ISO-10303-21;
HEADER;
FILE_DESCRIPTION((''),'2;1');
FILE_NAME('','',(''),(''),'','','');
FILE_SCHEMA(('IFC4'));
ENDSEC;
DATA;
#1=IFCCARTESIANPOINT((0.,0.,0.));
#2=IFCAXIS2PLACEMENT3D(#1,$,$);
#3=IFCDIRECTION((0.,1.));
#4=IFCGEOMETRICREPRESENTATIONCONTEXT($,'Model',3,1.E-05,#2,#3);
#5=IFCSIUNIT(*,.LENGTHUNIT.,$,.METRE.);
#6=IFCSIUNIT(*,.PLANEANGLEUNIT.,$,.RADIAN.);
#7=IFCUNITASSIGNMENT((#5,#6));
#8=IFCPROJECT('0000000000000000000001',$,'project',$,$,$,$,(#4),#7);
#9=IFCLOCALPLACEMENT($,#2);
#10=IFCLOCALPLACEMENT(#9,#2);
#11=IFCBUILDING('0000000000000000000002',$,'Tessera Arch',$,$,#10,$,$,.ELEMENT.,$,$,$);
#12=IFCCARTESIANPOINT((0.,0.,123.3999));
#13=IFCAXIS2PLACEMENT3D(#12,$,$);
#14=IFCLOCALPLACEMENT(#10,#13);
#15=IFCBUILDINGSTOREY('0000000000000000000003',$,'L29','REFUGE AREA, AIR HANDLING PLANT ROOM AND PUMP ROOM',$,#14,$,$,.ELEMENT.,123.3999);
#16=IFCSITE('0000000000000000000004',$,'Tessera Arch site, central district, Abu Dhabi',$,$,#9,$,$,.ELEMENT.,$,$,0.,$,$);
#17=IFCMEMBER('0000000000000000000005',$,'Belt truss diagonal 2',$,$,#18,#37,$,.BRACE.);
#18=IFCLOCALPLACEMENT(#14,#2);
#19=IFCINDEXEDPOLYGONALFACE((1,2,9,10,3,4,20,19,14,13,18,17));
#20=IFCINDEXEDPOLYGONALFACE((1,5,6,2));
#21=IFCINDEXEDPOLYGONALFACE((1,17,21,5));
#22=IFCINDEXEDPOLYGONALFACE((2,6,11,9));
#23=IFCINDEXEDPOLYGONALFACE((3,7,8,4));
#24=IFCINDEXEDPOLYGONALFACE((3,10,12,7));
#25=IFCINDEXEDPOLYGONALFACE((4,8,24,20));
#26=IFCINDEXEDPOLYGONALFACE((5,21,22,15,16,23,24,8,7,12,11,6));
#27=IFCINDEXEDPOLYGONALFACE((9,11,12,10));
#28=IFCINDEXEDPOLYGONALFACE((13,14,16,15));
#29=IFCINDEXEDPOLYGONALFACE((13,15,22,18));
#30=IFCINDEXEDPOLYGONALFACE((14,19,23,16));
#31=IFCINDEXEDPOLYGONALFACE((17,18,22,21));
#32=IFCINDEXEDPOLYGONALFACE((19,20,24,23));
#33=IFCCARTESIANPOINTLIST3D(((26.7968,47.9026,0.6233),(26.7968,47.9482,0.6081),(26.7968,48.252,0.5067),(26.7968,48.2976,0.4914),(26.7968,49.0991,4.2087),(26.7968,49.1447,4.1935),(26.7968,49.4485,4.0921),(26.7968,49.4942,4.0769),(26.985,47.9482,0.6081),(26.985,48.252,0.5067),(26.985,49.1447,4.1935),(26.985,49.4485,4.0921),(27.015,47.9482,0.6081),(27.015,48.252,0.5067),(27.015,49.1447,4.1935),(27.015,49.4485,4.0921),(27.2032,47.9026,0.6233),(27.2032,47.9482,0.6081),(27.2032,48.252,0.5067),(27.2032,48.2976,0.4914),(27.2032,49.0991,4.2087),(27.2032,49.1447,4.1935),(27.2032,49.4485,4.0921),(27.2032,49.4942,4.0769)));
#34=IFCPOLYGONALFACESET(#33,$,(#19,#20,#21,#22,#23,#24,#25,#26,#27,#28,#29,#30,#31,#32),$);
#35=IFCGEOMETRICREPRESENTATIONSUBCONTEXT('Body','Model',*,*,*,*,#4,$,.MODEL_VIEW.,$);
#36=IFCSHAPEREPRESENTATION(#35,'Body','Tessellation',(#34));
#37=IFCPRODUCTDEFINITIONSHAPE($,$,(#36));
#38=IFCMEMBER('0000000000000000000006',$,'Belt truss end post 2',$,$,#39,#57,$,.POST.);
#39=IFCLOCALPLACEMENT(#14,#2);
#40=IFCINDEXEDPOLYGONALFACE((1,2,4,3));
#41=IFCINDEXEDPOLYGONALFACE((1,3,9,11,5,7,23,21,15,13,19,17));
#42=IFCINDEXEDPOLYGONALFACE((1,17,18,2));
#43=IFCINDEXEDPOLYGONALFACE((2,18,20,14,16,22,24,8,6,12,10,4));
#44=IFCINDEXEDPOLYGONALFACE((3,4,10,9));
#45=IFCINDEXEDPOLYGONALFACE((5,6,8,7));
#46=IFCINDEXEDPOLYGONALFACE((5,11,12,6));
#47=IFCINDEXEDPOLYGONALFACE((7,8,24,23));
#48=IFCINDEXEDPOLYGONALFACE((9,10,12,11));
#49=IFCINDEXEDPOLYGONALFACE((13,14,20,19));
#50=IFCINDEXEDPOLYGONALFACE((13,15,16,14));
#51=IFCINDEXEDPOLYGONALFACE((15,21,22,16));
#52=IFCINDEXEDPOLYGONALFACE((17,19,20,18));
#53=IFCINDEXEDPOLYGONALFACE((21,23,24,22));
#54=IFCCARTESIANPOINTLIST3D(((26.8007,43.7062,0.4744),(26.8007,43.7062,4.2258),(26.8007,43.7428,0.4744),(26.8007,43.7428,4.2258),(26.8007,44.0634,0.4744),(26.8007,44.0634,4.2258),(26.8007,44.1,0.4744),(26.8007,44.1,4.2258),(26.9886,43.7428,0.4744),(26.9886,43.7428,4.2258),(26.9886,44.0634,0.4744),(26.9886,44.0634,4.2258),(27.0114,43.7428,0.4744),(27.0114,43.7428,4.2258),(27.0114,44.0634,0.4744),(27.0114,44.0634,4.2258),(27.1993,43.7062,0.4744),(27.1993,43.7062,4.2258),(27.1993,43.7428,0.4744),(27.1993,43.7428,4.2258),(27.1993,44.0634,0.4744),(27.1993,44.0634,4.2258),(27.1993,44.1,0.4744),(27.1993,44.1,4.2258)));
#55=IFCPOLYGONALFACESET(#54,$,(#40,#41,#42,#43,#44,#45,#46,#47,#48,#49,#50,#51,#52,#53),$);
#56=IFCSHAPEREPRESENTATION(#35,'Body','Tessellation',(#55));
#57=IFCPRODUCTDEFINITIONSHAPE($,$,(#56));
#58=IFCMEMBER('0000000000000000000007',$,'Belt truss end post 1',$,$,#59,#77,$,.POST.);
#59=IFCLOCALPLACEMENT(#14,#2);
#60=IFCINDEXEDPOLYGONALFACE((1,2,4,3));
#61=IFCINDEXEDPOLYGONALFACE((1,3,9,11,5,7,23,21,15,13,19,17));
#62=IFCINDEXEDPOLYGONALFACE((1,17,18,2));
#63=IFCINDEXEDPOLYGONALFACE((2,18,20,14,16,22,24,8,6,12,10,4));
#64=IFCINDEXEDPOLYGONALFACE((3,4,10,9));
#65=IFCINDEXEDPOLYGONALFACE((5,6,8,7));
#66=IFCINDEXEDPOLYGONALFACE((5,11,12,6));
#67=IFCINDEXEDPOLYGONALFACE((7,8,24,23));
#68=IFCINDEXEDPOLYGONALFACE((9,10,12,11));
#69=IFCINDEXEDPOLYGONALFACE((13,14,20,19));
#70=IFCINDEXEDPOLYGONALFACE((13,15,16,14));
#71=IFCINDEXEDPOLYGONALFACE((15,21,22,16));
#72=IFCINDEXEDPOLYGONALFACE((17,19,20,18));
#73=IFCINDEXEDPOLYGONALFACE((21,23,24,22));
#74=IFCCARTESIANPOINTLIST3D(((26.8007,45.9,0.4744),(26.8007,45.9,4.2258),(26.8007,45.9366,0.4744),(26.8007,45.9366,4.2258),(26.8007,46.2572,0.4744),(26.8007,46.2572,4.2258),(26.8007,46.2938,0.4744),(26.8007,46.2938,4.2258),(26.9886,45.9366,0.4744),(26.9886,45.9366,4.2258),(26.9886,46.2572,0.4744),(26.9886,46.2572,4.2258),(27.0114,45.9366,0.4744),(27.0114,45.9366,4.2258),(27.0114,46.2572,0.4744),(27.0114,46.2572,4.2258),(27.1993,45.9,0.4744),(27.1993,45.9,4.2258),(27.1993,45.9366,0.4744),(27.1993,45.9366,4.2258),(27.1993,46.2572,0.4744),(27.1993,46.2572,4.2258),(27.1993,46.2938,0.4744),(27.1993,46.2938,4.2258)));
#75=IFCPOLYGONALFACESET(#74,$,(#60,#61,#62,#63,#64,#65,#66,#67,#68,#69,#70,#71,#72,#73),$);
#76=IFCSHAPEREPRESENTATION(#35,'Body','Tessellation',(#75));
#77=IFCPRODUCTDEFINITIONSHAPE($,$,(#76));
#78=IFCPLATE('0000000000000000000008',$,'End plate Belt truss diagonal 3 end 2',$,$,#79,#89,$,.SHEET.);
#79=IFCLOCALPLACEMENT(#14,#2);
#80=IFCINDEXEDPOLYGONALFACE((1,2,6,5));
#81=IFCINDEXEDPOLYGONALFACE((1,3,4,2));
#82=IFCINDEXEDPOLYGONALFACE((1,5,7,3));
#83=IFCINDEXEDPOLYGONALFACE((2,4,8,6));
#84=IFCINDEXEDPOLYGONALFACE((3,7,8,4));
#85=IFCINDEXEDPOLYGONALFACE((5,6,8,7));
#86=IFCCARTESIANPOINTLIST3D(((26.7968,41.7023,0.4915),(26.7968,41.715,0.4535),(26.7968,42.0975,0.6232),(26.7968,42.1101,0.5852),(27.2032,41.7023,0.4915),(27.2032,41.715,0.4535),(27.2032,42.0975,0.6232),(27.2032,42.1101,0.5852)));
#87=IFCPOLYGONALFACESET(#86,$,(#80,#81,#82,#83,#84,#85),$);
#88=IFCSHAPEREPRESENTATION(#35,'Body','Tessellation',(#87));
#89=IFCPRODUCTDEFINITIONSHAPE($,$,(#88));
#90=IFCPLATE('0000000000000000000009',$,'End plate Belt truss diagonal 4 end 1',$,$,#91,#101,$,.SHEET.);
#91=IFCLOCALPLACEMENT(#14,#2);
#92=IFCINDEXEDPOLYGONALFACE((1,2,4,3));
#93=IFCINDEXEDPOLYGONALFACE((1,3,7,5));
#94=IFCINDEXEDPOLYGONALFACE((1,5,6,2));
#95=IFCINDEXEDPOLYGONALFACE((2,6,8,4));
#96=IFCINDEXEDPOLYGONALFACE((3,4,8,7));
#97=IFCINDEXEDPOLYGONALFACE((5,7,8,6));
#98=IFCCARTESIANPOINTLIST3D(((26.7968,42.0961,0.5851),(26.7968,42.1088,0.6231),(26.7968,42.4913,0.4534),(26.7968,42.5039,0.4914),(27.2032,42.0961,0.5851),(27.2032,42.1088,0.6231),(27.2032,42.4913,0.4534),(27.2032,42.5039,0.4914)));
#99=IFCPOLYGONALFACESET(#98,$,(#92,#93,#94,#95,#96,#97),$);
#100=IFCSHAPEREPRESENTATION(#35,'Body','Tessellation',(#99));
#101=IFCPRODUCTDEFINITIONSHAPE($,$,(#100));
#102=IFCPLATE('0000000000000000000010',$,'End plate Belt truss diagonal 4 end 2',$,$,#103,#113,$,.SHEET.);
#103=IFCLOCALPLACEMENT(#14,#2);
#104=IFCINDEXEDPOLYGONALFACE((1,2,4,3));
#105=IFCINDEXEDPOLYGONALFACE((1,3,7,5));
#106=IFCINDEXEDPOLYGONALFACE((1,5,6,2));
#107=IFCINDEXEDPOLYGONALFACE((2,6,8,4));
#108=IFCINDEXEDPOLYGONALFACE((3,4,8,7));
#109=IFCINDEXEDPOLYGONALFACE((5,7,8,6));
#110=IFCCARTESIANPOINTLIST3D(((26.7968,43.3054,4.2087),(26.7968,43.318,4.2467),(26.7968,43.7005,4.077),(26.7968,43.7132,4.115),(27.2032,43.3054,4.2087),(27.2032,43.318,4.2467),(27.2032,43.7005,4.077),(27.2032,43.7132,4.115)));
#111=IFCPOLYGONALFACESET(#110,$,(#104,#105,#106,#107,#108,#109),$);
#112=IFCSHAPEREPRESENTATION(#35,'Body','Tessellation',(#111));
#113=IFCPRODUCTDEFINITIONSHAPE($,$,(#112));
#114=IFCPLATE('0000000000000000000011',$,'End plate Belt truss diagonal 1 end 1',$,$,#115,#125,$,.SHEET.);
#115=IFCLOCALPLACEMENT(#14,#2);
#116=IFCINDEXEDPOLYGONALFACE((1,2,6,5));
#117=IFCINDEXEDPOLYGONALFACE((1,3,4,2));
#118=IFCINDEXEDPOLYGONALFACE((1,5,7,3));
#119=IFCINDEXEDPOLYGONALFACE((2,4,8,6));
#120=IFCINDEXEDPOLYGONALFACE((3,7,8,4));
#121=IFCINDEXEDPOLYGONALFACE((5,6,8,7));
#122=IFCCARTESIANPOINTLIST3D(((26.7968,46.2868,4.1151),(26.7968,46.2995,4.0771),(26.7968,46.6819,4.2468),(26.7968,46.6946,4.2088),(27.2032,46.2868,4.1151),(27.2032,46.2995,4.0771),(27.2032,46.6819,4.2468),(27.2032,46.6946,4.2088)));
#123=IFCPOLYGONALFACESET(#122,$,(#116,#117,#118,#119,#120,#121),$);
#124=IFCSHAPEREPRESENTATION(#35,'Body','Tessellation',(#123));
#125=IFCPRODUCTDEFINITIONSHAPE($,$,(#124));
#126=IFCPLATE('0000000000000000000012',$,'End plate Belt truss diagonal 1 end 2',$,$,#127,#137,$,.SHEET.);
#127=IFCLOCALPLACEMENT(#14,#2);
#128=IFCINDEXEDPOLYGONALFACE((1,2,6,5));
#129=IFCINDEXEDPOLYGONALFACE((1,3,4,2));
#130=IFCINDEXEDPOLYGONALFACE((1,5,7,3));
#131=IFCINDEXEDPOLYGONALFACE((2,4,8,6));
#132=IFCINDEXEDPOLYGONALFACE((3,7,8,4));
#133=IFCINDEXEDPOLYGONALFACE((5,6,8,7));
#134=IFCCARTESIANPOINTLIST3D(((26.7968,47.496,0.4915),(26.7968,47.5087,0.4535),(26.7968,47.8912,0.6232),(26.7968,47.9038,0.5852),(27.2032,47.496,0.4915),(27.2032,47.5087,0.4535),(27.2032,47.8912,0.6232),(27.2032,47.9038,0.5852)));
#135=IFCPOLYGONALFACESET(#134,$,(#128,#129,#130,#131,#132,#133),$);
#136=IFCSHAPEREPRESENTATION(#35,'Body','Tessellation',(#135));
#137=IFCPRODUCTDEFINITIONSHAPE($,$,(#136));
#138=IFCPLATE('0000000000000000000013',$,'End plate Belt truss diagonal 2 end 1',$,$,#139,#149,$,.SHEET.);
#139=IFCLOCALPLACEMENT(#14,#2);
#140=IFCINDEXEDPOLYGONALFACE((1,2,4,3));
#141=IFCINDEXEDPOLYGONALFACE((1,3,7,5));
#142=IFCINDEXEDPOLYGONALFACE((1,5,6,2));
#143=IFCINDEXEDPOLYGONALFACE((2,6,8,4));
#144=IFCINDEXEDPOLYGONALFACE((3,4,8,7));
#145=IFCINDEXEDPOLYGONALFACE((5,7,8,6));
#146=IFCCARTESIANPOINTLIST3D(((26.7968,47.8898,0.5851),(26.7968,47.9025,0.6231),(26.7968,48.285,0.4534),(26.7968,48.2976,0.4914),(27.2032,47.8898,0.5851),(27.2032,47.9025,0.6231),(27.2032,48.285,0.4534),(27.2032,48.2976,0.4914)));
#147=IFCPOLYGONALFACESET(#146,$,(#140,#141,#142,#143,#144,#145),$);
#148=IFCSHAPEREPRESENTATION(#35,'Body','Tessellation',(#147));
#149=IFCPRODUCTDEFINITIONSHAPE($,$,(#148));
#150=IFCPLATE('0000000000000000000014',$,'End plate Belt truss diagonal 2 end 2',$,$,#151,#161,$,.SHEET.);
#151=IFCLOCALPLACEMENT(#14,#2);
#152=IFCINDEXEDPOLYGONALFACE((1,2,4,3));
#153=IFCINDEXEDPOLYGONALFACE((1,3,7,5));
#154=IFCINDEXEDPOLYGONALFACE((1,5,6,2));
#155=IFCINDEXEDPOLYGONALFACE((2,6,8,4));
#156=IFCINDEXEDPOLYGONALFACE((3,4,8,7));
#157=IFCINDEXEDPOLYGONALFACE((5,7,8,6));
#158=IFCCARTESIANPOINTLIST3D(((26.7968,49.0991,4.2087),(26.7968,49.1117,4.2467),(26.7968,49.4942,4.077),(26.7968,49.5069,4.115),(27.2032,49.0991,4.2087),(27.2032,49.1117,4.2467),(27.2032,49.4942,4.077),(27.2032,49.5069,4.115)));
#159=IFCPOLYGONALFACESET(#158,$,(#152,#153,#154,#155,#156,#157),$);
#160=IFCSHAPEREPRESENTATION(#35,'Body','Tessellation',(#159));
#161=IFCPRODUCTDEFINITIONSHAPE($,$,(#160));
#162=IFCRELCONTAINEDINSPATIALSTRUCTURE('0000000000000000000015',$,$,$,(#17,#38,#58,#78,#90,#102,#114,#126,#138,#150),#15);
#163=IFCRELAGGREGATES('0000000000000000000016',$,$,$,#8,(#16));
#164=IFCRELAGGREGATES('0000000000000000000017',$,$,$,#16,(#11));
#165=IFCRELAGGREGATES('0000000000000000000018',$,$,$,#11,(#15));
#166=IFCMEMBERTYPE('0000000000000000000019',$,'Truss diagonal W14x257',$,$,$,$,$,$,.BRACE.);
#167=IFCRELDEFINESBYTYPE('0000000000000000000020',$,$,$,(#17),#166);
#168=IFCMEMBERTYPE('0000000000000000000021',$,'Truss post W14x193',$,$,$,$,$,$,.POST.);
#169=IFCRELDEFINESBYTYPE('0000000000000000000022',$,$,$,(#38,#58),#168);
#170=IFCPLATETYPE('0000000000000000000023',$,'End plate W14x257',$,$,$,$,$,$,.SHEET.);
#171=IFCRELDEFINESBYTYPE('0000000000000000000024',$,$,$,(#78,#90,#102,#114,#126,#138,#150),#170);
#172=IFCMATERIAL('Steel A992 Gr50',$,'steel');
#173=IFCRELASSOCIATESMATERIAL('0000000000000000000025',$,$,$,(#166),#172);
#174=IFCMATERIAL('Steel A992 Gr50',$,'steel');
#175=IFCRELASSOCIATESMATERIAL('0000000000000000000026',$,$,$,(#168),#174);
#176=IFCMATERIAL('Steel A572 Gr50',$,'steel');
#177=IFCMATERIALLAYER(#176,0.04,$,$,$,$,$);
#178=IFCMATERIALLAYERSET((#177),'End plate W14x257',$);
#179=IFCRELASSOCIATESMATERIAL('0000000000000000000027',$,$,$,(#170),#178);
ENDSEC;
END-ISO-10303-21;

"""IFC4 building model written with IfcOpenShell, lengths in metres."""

from ifc_helpers import new_model, si_unit, direction, frame, origin, origin_2d, place, context, subcontext, project, spatial, rectangle, i_section, extrude, material, layer, layer_set, material_profile, profile_set, type_object, element, save


model = new_model("IFC4")

# Units and contexts
model_context = context("Model", 3, precision=1e-05, world=origin(), true_north=direction((0.0, 1.0)))
body_context = subcontext(model_context, "Body", "Model", "MODEL_VIEW")
ifc_project = project(units=[si_unit("LENGTHUNIT", "METRE"), si_unit("PLANEANGLEUNIT", "RADIAN")], contexts=[model_context])

# Site, building, storey
site_placement = place(None, origin())
site = spatial("IfcSite", under=ifc_project, at=site_placement, Name="Tessera Arch site, central district, Abu Dhabi", CompositionType="ELEMENT", RefElevation=0.0)
building_placement = place(site_placement, origin())
building = spatial("IfcBuilding", under=site, at=building_placement, Name="Tessera Arch", CompositionType="ELEMENT")
storey_placement = place(building_placement, frame((0.0, 0.0, 123.3999)))
storey = spatial("IfcBuildingStorey", under=building, at=storey_placement, Name="L29", Description="REFUGE AREA, AIR HANDLING PLANT ROOM AND PUMP ROOM", CompositionType="ELEMENT", Elevation=123.3999)

# Members
ifc_material_1 = material(Name="Steel A992 Gr50", Category="steel")
ifc_material_profile_1 = material_profile(ifc_material_1, i_section(OverallWidth=0.4065, OverallDepth=0.4165, WebThickness=0.03, FlangeThickness=0.0481, at=origin_2d()), Name="W14x257")
ifc_profile_set_1 = profile_set([ifc_material_profile_1], Name="Steel A992 Gr50")
member_type_1 = type_object("IfcMemberType", Name="Truss diagonal W14x257", PredefinedType="BRACE", material=ifc_profile_set_1)
for number, where, z_axis, x_axis, name in (
    (1, (27.0, 48.1001, 0.5574), (0.0, 0.316557, 0.948573), (-1.0, 0.0, 0.0), "Belt truss diagonal 2"),
):
    element("IfcMember", number, at=place(storey_placement, frame(where, z_axis=z_axis, x_axis=x_axis)), inside=storey, type_object=member_type_1, Name=name, PredefinedType="BRACE", context=body_context, shape_type="SweptSolid", body=[
        extrude(i_section(OverallWidth=0.4065, OverallDepth=0.4165, WebThickness=0.03, FlangeThickness=0.0481, at=origin_2d()), origin(), (0.0, 0.0, 1.0), 3.7798),
    ])
ifc_material_2 = material(Name="Steel A992 Gr50", Category="steel")
ifc_material_profile_2 = material_profile(ifc_material_2, i_section(OverallWidth=0.3987, OverallDepth=0.3938, WebThickness=0.0227, FlangeThickness=0.0366, at=origin_2d()), Name="W14x193")
ifc_profile_set_2 = profile_set([ifc_material_profile_2], Name="Steel A992 Gr50")
member_type_2 = type_object("IfcMemberType", Name="Truss post W14x193", PredefinedType="POST", material=ifc_profile_set_2)
for number, where, z_axis, x_axis, name in (
    (2, (27.0, 43.9031, 0.4744), (0.0, 0.0, 1.0), (1.0, 0.0, 0.0), "Belt truss end post 2"),
    (3, (27.0, 46.0969, 0.4744), (0.0, 0.0, 1.0), (1.0, 0.0, 0.0), "Belt truss end post 1"),
):
    element("IfcMember", number, at=place(storey_placement, frame(where, z_axis=z_axis, x_axis=x_axis)), inside=storey, type_object=member_type_2, Name=name, PredefinedType="POST", context=body_context, shape_type="SweptSolid", body=[
        extrude(i_section(OverallWidth=0.3987, OverallDepth=0.3938, WebThickness=0.0227, FlangeThickness=0.0366, at=origin_2d()), origin(), (0.0, 0.0, 1.0), 3.7515),
    ])

# Plates
ifc_material_3 = material(Name="Steel A572 Gr50", Category="steel")
ifc_layer = layer(ifc_material_3, 0.04)
ifc_layer_set = layer_set([ifc_layer], Name="End plate W14x257")
plate_type = type_object("IfcPlateType", Name="End plate W14x257", PredefinedType="SHEET", material=ifc_layer_set)
for number, where, z_axis, x_axis, name in (
    (4, (27.0, 41.8999, 0.5574), (0.0, 0.316228, -0.948683), (-1.0, 0.0, 0.0), "End plate Belt truss diagonal 3 end 2"),
    (5, (27.0, 42.2937, 0.5193), (0.0, 0.316228, 0.948683), (-1.0, 0.0, 0.0), "End plate Belt truss diagonal 4 end 1"),
    (6, (27.0, 43.5029, 4.1428), (0.0, 0.316228, 0.948683), (-1.0, 0.0, 0.0), "End plate Belt truss diagonal 4 end 2"),
    (7, (27.0, 46.4844, 4.1809), (0.0, 0.316228, -0.948683), (-1.0, 0.0, 0.0), "End plate Belt truss diagonal 1 end 1"),
    (8, (27.0, 47.6936, 0.5574), (0.0, 0.316228, -0.948683), (-1.0, 0.0, 0.0), "End plate Belt truss diagonal 1 end 2"),
    (9, (27.0, 48.0874, 0.5193), (0.0, 0.316228, 0.948683), (-1.0, 0.0, 0.0), "End plate Belt truss diagonal 2 end 1"),
    (10, (27.0, 49.2966, 4.1428), (0.0, 0.316228, 0.948683), (-1.0, 0.0, 0.0), "End plate Belt truss diagonal 2 end 2"),
):
    element("IfcPlate", number, at=place(storey_placement, frame(where, z_axis=z_axis, x_axis=x_axis)), inside=storey, type_object=plate_type, Name=name, PredefinedType="SHEET", context=body_context, shape_type="SweptSolid", body=[
        extrude(rectangle(XDim=0.4065, YDim=0.4165, at=origin_2d()), origin(), (0.0, 0.0, 1.0), 0.04),
    ])

save(model, "model.ifc")
